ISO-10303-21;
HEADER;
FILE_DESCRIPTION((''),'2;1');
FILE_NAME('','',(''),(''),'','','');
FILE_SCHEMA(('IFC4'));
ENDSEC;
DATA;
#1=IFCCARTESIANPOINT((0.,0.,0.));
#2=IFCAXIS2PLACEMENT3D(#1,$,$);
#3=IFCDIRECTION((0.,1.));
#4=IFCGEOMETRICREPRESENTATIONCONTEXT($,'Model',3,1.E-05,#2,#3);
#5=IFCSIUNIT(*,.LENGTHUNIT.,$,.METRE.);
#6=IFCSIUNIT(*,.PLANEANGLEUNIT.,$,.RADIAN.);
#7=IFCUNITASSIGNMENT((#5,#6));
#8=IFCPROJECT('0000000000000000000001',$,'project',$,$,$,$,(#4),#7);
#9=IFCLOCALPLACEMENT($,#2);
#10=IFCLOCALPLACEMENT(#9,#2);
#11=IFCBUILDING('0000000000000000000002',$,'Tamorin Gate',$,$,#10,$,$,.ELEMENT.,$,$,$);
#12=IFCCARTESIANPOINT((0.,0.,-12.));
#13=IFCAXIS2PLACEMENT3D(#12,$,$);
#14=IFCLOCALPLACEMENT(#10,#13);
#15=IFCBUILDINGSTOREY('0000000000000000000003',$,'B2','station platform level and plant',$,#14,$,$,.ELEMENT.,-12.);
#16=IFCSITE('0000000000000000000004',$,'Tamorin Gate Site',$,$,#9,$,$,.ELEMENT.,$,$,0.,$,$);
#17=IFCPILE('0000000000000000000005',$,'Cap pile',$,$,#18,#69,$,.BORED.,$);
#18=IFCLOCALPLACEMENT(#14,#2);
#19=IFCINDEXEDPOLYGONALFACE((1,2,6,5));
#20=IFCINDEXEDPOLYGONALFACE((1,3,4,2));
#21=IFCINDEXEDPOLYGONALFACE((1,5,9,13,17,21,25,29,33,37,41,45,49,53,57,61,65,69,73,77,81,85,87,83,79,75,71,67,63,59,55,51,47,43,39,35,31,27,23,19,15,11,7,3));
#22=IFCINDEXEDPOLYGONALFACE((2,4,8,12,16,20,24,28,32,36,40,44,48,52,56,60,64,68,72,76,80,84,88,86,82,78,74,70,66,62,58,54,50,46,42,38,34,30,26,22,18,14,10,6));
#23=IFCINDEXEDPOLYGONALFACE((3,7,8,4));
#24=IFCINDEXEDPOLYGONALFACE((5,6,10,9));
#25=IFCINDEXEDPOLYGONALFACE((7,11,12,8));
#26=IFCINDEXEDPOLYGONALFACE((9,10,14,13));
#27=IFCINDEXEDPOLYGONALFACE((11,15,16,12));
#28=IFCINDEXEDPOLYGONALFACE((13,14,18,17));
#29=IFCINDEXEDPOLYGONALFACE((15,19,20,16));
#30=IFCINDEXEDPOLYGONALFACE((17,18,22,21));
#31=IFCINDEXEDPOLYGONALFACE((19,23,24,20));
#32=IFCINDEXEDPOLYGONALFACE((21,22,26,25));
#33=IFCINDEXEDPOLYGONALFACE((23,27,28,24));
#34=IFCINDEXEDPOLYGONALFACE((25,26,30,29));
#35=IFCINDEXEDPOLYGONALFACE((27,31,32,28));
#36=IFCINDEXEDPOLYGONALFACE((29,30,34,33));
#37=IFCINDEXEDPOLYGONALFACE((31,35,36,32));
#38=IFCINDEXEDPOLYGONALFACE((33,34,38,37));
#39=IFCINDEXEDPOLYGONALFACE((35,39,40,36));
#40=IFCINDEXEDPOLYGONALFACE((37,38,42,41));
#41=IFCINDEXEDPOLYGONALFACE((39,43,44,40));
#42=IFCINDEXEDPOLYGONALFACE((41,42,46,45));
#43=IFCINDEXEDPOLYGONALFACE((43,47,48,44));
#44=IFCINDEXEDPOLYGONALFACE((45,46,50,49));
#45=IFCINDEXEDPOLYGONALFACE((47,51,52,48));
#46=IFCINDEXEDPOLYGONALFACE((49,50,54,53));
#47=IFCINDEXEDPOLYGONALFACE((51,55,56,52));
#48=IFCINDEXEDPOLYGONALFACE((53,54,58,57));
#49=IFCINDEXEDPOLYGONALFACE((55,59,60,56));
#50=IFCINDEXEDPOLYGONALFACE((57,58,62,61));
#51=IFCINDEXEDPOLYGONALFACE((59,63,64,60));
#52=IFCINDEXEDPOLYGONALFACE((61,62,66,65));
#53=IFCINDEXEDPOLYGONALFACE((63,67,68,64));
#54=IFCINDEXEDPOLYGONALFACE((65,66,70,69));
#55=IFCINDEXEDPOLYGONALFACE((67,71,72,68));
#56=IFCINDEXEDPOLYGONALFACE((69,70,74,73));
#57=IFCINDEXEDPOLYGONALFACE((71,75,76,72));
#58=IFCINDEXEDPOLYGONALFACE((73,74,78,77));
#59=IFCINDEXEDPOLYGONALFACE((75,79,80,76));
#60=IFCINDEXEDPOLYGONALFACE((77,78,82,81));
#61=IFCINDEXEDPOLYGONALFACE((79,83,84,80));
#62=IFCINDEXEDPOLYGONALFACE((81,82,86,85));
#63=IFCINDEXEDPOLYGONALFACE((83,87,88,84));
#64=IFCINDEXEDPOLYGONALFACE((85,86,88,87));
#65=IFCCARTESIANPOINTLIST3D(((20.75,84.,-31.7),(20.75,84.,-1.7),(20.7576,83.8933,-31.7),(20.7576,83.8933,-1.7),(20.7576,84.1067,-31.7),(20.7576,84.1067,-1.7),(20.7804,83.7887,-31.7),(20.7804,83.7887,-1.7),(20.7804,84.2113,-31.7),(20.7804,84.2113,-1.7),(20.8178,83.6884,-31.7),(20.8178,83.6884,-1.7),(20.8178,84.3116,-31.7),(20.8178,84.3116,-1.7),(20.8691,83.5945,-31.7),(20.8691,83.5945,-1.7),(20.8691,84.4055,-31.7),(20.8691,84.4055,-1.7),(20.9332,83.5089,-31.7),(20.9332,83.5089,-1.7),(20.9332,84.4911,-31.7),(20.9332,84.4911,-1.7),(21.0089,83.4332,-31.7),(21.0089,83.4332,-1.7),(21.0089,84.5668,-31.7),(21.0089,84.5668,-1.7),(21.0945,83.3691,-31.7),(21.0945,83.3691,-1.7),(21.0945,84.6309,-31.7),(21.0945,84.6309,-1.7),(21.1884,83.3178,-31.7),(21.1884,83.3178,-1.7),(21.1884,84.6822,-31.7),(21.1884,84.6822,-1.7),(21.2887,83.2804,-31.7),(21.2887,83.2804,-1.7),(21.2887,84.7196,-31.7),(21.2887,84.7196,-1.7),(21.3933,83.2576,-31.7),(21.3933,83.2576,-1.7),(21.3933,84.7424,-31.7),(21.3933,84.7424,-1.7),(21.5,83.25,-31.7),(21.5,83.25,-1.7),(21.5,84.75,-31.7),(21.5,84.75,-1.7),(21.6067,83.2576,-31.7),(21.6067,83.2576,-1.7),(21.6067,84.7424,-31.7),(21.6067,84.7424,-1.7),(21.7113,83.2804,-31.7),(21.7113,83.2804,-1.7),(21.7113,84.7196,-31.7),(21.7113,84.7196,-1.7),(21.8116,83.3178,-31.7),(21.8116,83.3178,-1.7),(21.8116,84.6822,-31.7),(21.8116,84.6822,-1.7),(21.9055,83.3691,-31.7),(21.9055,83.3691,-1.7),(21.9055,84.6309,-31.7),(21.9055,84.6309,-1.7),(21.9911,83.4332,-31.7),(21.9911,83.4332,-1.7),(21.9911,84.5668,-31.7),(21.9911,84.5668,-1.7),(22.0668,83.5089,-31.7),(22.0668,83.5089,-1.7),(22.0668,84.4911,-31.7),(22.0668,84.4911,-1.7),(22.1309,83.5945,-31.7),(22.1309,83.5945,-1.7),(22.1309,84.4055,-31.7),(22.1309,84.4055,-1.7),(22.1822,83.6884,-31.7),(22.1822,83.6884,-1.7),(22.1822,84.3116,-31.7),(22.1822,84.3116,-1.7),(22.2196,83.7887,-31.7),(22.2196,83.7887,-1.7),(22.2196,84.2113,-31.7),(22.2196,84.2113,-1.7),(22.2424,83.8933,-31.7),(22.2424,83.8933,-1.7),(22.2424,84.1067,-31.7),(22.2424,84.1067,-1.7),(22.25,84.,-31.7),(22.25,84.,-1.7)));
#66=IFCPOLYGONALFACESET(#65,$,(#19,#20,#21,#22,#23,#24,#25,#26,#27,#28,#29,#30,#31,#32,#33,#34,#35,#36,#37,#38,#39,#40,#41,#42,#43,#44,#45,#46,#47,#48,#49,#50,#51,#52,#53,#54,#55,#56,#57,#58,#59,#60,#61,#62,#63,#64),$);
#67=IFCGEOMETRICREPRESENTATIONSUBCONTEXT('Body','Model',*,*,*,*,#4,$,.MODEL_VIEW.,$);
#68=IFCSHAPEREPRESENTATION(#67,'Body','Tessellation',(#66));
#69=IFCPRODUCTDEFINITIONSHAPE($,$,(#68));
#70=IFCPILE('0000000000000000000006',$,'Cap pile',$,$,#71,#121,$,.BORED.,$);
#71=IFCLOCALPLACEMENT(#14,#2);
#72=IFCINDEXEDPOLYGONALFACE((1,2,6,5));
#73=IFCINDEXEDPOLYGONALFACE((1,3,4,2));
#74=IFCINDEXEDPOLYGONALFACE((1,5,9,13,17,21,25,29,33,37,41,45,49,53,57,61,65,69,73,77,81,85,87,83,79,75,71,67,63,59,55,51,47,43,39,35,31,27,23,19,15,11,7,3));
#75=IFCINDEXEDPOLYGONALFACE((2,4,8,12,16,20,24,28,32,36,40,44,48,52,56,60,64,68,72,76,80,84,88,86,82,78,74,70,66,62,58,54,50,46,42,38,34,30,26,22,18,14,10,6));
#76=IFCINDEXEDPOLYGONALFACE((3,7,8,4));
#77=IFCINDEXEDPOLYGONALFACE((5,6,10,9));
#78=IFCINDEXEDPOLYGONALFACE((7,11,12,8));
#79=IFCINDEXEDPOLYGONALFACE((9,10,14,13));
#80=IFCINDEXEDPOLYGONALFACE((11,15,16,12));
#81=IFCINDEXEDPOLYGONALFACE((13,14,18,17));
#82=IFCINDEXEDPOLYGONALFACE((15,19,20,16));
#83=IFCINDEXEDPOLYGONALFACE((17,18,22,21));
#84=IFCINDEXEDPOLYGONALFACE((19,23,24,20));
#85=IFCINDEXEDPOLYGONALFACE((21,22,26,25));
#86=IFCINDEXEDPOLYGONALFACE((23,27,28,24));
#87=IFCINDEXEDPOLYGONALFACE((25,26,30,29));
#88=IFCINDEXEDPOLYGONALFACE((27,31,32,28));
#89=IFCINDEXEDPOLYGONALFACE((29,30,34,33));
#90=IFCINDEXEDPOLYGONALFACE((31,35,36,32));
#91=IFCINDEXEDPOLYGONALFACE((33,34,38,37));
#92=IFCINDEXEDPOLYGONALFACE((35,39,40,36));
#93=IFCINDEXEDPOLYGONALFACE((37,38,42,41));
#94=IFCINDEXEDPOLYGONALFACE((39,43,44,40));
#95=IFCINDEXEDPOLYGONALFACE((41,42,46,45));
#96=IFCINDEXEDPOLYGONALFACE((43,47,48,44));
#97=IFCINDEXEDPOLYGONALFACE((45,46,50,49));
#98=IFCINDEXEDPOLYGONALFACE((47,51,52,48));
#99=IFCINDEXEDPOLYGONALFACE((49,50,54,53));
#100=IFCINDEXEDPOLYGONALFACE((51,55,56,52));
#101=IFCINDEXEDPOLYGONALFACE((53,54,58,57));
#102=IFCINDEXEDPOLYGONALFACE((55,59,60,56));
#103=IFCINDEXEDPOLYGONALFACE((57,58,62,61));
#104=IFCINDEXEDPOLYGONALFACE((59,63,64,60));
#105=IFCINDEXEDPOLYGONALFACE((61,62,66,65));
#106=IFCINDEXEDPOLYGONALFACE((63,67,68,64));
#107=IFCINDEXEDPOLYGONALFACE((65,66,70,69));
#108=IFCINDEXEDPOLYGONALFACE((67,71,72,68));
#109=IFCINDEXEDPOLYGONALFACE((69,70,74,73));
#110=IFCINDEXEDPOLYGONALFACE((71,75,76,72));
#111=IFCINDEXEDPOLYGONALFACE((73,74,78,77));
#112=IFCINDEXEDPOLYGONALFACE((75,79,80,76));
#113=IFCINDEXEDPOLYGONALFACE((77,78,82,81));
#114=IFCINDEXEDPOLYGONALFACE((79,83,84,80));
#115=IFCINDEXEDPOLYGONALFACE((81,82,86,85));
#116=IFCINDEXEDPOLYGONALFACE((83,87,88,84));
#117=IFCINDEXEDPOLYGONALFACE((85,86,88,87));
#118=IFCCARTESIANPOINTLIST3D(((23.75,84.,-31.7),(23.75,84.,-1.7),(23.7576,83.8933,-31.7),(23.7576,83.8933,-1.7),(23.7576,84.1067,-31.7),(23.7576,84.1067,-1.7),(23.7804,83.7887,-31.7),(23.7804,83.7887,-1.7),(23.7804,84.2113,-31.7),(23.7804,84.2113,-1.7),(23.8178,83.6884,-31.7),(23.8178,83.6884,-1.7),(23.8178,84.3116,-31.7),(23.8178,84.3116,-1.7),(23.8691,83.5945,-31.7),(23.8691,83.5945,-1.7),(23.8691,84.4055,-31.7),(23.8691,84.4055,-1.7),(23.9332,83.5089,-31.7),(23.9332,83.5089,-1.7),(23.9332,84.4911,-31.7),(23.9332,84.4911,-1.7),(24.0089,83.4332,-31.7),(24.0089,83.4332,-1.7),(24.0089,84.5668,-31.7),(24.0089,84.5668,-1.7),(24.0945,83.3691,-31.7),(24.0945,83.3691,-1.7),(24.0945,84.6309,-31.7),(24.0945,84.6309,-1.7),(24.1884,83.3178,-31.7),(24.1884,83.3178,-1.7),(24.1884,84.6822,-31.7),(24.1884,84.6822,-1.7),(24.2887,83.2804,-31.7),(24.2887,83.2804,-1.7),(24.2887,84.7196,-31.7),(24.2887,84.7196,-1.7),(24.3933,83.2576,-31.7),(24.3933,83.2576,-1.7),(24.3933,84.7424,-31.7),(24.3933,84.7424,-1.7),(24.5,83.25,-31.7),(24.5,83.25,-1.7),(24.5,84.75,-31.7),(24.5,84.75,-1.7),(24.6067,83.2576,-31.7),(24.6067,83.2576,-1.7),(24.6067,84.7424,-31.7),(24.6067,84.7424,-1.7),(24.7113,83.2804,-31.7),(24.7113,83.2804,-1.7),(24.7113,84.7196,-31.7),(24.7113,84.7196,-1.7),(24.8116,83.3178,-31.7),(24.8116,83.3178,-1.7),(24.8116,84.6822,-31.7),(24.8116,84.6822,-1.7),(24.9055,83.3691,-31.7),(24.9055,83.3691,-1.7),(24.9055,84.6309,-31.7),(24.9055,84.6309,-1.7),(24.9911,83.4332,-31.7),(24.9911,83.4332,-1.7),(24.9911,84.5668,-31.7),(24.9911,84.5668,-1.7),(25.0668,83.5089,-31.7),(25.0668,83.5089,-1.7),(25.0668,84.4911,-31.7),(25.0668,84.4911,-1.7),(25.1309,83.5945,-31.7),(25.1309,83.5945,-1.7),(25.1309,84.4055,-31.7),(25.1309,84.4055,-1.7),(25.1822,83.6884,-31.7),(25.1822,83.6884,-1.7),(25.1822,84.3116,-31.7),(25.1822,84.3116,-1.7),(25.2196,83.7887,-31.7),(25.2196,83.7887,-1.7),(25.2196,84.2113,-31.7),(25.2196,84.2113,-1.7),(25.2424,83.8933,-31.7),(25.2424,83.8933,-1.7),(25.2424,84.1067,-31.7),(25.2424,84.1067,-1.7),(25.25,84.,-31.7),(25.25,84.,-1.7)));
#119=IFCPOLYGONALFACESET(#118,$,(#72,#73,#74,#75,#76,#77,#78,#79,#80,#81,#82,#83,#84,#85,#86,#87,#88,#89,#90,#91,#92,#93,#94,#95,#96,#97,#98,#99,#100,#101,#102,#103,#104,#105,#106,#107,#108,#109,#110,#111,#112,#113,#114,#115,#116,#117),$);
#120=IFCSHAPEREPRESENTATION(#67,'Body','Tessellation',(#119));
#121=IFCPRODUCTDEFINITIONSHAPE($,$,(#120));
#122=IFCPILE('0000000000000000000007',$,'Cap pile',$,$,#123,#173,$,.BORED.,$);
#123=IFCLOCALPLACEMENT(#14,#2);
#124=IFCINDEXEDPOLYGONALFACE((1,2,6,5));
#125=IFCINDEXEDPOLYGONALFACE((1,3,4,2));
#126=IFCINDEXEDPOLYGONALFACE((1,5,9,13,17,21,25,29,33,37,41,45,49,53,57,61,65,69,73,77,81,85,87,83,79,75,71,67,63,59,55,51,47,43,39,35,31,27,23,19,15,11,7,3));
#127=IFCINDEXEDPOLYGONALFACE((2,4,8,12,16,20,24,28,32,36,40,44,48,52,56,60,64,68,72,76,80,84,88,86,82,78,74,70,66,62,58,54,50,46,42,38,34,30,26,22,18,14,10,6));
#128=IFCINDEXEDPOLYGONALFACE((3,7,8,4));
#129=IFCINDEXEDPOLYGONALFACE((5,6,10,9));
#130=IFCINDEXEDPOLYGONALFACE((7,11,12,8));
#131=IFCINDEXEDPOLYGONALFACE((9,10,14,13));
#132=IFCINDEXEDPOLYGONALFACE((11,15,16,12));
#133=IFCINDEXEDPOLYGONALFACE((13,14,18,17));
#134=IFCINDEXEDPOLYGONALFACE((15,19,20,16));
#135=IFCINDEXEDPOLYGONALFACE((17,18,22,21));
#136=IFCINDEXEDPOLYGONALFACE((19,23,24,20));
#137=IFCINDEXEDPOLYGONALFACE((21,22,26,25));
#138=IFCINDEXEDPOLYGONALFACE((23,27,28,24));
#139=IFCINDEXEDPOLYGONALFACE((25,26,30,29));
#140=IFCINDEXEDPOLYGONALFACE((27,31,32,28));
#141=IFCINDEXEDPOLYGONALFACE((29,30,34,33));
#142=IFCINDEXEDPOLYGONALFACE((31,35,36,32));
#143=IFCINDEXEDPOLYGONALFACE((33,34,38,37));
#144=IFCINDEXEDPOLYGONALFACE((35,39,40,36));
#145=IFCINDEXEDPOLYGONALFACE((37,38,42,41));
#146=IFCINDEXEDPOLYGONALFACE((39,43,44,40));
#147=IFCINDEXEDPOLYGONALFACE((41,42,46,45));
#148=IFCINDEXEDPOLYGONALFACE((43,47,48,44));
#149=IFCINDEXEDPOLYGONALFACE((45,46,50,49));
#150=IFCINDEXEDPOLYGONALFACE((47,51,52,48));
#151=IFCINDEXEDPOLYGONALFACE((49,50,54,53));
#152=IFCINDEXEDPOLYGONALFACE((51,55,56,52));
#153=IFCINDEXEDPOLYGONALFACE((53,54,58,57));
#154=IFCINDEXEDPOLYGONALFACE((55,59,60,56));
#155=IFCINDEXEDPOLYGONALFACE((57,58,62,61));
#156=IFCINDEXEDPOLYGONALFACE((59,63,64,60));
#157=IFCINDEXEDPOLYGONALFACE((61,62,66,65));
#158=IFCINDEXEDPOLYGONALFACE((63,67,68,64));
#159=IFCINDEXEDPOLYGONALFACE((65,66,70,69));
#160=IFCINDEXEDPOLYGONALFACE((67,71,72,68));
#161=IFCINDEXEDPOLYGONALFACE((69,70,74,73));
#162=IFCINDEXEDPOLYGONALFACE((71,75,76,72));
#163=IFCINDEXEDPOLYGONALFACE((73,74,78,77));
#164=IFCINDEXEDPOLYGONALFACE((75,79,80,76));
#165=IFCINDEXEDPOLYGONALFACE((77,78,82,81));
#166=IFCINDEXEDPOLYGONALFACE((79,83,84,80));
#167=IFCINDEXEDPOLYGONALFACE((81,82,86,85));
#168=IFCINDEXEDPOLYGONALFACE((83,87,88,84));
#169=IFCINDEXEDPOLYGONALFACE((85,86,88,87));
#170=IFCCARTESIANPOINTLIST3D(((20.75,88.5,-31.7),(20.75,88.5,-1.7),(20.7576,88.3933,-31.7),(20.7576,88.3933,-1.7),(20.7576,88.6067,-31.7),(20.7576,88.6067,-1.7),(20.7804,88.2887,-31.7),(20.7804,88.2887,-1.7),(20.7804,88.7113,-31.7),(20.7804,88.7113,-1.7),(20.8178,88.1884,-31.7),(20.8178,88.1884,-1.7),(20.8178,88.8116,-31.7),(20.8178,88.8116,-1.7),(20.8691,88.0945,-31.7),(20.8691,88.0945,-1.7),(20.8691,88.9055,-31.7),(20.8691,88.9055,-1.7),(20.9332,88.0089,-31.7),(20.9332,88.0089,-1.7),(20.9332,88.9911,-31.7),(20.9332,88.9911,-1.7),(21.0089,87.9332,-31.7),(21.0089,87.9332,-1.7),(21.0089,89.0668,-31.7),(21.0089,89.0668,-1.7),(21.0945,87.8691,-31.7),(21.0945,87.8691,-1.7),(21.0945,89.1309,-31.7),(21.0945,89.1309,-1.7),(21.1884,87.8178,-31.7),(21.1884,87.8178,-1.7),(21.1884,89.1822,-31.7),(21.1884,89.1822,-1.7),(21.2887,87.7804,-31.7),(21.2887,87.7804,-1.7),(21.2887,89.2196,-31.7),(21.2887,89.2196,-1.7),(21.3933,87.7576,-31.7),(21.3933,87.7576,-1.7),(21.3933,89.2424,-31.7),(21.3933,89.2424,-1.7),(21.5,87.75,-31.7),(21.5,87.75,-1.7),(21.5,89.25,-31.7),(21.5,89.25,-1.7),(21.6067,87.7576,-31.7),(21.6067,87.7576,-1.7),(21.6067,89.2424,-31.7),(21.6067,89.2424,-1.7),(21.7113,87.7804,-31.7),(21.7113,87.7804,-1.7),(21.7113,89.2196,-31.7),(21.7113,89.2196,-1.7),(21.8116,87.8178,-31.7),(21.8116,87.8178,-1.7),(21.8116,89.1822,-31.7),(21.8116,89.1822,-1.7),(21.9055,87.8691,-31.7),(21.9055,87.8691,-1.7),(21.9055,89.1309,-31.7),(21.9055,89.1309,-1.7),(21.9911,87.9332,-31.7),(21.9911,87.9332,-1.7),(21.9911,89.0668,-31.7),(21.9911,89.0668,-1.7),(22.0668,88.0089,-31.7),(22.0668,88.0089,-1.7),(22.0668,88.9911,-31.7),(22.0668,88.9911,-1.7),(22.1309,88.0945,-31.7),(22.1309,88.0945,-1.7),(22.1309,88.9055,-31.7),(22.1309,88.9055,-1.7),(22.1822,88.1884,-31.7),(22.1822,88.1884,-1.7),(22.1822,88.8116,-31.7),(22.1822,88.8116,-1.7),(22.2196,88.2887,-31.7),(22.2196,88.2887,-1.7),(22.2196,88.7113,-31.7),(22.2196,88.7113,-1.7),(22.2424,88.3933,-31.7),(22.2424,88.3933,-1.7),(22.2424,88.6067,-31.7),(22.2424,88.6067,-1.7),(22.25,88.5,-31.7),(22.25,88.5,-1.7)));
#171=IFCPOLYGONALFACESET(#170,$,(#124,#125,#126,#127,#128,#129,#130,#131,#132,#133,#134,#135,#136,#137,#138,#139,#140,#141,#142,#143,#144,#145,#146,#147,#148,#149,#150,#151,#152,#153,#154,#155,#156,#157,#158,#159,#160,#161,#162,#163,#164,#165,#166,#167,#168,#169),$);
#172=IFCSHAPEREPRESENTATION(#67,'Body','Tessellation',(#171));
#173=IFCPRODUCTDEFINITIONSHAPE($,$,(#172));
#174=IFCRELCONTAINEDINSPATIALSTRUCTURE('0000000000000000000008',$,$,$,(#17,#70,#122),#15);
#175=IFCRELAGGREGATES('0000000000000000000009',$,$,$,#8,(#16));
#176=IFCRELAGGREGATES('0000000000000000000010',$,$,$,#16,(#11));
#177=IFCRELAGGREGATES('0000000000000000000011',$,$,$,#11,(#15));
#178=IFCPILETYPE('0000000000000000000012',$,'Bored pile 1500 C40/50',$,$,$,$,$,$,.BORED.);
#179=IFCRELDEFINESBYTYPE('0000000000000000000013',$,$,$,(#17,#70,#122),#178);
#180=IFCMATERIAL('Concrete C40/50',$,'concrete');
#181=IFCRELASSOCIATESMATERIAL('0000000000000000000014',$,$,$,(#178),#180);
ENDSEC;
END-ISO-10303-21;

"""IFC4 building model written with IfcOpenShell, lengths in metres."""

from ifc_helpers import new_model, si_unit, direction, frame, origin, origin_2d, place, context, subcontext, project, spatial, circle, extrude, material, material_profile, profile_set, type_object, element, save


model = new_model("IFC4")

# Units and contexts
model_context = context("Model", 3, precision=1e-05, world=origin(), true_north=direction((0.0, 1.0)))
body_context = subcontext(model_context, "Body", "Model", "MODEL_VIEW")
ifc_project = project(units=[si_unit("LENGTHUNIT", "METRE"), si_unit("PLANEANGLEUNIT", "RADIAN")], contexts=[model_context])

# Site, building, storey
site_placement = place(None, origin())
site = spatial("IfcSite", under=ifc_project, at=site_placement, Name="Tamorin Gate Site", CompositionType="ELEMENT", RefElevation=0.0)
building_placement = place(site_placement, origin())
building = spatial("IfcBuilding", under=site, at=building_placement, Name="Tamorin Gate", CompositionType="ELEMENT")
storey_placement = place(building_placement, frame((0.0, 0.0, -12.0)))
storey = spatial("IfcBuildingStorey", under=building, at=storey_placement, Name="B2", Description="station platform level and plant", CompositionType="ELEMENT", Elevation=-12.0)

# Piles
ifc_material_1 = material(Name="Concrete C40/50", Category="concrete")
ifc_material_profile_1 = material_profile(ifc_material_1, circle(Radius=0.75, at=origin_2d()))
ifc_profile_set_1 = profile_set([ifc_material_profile_1], Name="Concrete C40/50")
pile_type = type_object("IfcPileType", Name="Bored pile 1500 C40/50", PredefinedType="BORED", material=ifc_profile_set_1)
for number, where, z_axis, x_axis, name in (
    (1, (21.5, 84.0, -1.7), (0.0, 0.0, -1.0), (1.0, 0.0, 0.0), "Cap pile"),
    (2, (24.5, 84.0, -1.7), (0.0, 0.0, -1.0), (1.0, 0.0, 0.0), "Cap pile"),
    (3, (21.5, 88.5, -1.7), (0.0, 0.0, -1.0), (1.0, 0.0, 0.0), "Cap pile"),
):
    element("IfcPile", number, at=place(storey_placement, frame(where, z_axis=z_axis, x_axis=x_axis)), inside=storey, type_object=pile_type, Name=name, PredefinedType="BORED", context=body_context, shape_type="SweptSolid", body=[
        extrude(circle(Radius=0.75, at=origin_2d()), origin(), (0.0, 0.0, 1.0), 30.0),
    ])

save(model, "model.ifc")
